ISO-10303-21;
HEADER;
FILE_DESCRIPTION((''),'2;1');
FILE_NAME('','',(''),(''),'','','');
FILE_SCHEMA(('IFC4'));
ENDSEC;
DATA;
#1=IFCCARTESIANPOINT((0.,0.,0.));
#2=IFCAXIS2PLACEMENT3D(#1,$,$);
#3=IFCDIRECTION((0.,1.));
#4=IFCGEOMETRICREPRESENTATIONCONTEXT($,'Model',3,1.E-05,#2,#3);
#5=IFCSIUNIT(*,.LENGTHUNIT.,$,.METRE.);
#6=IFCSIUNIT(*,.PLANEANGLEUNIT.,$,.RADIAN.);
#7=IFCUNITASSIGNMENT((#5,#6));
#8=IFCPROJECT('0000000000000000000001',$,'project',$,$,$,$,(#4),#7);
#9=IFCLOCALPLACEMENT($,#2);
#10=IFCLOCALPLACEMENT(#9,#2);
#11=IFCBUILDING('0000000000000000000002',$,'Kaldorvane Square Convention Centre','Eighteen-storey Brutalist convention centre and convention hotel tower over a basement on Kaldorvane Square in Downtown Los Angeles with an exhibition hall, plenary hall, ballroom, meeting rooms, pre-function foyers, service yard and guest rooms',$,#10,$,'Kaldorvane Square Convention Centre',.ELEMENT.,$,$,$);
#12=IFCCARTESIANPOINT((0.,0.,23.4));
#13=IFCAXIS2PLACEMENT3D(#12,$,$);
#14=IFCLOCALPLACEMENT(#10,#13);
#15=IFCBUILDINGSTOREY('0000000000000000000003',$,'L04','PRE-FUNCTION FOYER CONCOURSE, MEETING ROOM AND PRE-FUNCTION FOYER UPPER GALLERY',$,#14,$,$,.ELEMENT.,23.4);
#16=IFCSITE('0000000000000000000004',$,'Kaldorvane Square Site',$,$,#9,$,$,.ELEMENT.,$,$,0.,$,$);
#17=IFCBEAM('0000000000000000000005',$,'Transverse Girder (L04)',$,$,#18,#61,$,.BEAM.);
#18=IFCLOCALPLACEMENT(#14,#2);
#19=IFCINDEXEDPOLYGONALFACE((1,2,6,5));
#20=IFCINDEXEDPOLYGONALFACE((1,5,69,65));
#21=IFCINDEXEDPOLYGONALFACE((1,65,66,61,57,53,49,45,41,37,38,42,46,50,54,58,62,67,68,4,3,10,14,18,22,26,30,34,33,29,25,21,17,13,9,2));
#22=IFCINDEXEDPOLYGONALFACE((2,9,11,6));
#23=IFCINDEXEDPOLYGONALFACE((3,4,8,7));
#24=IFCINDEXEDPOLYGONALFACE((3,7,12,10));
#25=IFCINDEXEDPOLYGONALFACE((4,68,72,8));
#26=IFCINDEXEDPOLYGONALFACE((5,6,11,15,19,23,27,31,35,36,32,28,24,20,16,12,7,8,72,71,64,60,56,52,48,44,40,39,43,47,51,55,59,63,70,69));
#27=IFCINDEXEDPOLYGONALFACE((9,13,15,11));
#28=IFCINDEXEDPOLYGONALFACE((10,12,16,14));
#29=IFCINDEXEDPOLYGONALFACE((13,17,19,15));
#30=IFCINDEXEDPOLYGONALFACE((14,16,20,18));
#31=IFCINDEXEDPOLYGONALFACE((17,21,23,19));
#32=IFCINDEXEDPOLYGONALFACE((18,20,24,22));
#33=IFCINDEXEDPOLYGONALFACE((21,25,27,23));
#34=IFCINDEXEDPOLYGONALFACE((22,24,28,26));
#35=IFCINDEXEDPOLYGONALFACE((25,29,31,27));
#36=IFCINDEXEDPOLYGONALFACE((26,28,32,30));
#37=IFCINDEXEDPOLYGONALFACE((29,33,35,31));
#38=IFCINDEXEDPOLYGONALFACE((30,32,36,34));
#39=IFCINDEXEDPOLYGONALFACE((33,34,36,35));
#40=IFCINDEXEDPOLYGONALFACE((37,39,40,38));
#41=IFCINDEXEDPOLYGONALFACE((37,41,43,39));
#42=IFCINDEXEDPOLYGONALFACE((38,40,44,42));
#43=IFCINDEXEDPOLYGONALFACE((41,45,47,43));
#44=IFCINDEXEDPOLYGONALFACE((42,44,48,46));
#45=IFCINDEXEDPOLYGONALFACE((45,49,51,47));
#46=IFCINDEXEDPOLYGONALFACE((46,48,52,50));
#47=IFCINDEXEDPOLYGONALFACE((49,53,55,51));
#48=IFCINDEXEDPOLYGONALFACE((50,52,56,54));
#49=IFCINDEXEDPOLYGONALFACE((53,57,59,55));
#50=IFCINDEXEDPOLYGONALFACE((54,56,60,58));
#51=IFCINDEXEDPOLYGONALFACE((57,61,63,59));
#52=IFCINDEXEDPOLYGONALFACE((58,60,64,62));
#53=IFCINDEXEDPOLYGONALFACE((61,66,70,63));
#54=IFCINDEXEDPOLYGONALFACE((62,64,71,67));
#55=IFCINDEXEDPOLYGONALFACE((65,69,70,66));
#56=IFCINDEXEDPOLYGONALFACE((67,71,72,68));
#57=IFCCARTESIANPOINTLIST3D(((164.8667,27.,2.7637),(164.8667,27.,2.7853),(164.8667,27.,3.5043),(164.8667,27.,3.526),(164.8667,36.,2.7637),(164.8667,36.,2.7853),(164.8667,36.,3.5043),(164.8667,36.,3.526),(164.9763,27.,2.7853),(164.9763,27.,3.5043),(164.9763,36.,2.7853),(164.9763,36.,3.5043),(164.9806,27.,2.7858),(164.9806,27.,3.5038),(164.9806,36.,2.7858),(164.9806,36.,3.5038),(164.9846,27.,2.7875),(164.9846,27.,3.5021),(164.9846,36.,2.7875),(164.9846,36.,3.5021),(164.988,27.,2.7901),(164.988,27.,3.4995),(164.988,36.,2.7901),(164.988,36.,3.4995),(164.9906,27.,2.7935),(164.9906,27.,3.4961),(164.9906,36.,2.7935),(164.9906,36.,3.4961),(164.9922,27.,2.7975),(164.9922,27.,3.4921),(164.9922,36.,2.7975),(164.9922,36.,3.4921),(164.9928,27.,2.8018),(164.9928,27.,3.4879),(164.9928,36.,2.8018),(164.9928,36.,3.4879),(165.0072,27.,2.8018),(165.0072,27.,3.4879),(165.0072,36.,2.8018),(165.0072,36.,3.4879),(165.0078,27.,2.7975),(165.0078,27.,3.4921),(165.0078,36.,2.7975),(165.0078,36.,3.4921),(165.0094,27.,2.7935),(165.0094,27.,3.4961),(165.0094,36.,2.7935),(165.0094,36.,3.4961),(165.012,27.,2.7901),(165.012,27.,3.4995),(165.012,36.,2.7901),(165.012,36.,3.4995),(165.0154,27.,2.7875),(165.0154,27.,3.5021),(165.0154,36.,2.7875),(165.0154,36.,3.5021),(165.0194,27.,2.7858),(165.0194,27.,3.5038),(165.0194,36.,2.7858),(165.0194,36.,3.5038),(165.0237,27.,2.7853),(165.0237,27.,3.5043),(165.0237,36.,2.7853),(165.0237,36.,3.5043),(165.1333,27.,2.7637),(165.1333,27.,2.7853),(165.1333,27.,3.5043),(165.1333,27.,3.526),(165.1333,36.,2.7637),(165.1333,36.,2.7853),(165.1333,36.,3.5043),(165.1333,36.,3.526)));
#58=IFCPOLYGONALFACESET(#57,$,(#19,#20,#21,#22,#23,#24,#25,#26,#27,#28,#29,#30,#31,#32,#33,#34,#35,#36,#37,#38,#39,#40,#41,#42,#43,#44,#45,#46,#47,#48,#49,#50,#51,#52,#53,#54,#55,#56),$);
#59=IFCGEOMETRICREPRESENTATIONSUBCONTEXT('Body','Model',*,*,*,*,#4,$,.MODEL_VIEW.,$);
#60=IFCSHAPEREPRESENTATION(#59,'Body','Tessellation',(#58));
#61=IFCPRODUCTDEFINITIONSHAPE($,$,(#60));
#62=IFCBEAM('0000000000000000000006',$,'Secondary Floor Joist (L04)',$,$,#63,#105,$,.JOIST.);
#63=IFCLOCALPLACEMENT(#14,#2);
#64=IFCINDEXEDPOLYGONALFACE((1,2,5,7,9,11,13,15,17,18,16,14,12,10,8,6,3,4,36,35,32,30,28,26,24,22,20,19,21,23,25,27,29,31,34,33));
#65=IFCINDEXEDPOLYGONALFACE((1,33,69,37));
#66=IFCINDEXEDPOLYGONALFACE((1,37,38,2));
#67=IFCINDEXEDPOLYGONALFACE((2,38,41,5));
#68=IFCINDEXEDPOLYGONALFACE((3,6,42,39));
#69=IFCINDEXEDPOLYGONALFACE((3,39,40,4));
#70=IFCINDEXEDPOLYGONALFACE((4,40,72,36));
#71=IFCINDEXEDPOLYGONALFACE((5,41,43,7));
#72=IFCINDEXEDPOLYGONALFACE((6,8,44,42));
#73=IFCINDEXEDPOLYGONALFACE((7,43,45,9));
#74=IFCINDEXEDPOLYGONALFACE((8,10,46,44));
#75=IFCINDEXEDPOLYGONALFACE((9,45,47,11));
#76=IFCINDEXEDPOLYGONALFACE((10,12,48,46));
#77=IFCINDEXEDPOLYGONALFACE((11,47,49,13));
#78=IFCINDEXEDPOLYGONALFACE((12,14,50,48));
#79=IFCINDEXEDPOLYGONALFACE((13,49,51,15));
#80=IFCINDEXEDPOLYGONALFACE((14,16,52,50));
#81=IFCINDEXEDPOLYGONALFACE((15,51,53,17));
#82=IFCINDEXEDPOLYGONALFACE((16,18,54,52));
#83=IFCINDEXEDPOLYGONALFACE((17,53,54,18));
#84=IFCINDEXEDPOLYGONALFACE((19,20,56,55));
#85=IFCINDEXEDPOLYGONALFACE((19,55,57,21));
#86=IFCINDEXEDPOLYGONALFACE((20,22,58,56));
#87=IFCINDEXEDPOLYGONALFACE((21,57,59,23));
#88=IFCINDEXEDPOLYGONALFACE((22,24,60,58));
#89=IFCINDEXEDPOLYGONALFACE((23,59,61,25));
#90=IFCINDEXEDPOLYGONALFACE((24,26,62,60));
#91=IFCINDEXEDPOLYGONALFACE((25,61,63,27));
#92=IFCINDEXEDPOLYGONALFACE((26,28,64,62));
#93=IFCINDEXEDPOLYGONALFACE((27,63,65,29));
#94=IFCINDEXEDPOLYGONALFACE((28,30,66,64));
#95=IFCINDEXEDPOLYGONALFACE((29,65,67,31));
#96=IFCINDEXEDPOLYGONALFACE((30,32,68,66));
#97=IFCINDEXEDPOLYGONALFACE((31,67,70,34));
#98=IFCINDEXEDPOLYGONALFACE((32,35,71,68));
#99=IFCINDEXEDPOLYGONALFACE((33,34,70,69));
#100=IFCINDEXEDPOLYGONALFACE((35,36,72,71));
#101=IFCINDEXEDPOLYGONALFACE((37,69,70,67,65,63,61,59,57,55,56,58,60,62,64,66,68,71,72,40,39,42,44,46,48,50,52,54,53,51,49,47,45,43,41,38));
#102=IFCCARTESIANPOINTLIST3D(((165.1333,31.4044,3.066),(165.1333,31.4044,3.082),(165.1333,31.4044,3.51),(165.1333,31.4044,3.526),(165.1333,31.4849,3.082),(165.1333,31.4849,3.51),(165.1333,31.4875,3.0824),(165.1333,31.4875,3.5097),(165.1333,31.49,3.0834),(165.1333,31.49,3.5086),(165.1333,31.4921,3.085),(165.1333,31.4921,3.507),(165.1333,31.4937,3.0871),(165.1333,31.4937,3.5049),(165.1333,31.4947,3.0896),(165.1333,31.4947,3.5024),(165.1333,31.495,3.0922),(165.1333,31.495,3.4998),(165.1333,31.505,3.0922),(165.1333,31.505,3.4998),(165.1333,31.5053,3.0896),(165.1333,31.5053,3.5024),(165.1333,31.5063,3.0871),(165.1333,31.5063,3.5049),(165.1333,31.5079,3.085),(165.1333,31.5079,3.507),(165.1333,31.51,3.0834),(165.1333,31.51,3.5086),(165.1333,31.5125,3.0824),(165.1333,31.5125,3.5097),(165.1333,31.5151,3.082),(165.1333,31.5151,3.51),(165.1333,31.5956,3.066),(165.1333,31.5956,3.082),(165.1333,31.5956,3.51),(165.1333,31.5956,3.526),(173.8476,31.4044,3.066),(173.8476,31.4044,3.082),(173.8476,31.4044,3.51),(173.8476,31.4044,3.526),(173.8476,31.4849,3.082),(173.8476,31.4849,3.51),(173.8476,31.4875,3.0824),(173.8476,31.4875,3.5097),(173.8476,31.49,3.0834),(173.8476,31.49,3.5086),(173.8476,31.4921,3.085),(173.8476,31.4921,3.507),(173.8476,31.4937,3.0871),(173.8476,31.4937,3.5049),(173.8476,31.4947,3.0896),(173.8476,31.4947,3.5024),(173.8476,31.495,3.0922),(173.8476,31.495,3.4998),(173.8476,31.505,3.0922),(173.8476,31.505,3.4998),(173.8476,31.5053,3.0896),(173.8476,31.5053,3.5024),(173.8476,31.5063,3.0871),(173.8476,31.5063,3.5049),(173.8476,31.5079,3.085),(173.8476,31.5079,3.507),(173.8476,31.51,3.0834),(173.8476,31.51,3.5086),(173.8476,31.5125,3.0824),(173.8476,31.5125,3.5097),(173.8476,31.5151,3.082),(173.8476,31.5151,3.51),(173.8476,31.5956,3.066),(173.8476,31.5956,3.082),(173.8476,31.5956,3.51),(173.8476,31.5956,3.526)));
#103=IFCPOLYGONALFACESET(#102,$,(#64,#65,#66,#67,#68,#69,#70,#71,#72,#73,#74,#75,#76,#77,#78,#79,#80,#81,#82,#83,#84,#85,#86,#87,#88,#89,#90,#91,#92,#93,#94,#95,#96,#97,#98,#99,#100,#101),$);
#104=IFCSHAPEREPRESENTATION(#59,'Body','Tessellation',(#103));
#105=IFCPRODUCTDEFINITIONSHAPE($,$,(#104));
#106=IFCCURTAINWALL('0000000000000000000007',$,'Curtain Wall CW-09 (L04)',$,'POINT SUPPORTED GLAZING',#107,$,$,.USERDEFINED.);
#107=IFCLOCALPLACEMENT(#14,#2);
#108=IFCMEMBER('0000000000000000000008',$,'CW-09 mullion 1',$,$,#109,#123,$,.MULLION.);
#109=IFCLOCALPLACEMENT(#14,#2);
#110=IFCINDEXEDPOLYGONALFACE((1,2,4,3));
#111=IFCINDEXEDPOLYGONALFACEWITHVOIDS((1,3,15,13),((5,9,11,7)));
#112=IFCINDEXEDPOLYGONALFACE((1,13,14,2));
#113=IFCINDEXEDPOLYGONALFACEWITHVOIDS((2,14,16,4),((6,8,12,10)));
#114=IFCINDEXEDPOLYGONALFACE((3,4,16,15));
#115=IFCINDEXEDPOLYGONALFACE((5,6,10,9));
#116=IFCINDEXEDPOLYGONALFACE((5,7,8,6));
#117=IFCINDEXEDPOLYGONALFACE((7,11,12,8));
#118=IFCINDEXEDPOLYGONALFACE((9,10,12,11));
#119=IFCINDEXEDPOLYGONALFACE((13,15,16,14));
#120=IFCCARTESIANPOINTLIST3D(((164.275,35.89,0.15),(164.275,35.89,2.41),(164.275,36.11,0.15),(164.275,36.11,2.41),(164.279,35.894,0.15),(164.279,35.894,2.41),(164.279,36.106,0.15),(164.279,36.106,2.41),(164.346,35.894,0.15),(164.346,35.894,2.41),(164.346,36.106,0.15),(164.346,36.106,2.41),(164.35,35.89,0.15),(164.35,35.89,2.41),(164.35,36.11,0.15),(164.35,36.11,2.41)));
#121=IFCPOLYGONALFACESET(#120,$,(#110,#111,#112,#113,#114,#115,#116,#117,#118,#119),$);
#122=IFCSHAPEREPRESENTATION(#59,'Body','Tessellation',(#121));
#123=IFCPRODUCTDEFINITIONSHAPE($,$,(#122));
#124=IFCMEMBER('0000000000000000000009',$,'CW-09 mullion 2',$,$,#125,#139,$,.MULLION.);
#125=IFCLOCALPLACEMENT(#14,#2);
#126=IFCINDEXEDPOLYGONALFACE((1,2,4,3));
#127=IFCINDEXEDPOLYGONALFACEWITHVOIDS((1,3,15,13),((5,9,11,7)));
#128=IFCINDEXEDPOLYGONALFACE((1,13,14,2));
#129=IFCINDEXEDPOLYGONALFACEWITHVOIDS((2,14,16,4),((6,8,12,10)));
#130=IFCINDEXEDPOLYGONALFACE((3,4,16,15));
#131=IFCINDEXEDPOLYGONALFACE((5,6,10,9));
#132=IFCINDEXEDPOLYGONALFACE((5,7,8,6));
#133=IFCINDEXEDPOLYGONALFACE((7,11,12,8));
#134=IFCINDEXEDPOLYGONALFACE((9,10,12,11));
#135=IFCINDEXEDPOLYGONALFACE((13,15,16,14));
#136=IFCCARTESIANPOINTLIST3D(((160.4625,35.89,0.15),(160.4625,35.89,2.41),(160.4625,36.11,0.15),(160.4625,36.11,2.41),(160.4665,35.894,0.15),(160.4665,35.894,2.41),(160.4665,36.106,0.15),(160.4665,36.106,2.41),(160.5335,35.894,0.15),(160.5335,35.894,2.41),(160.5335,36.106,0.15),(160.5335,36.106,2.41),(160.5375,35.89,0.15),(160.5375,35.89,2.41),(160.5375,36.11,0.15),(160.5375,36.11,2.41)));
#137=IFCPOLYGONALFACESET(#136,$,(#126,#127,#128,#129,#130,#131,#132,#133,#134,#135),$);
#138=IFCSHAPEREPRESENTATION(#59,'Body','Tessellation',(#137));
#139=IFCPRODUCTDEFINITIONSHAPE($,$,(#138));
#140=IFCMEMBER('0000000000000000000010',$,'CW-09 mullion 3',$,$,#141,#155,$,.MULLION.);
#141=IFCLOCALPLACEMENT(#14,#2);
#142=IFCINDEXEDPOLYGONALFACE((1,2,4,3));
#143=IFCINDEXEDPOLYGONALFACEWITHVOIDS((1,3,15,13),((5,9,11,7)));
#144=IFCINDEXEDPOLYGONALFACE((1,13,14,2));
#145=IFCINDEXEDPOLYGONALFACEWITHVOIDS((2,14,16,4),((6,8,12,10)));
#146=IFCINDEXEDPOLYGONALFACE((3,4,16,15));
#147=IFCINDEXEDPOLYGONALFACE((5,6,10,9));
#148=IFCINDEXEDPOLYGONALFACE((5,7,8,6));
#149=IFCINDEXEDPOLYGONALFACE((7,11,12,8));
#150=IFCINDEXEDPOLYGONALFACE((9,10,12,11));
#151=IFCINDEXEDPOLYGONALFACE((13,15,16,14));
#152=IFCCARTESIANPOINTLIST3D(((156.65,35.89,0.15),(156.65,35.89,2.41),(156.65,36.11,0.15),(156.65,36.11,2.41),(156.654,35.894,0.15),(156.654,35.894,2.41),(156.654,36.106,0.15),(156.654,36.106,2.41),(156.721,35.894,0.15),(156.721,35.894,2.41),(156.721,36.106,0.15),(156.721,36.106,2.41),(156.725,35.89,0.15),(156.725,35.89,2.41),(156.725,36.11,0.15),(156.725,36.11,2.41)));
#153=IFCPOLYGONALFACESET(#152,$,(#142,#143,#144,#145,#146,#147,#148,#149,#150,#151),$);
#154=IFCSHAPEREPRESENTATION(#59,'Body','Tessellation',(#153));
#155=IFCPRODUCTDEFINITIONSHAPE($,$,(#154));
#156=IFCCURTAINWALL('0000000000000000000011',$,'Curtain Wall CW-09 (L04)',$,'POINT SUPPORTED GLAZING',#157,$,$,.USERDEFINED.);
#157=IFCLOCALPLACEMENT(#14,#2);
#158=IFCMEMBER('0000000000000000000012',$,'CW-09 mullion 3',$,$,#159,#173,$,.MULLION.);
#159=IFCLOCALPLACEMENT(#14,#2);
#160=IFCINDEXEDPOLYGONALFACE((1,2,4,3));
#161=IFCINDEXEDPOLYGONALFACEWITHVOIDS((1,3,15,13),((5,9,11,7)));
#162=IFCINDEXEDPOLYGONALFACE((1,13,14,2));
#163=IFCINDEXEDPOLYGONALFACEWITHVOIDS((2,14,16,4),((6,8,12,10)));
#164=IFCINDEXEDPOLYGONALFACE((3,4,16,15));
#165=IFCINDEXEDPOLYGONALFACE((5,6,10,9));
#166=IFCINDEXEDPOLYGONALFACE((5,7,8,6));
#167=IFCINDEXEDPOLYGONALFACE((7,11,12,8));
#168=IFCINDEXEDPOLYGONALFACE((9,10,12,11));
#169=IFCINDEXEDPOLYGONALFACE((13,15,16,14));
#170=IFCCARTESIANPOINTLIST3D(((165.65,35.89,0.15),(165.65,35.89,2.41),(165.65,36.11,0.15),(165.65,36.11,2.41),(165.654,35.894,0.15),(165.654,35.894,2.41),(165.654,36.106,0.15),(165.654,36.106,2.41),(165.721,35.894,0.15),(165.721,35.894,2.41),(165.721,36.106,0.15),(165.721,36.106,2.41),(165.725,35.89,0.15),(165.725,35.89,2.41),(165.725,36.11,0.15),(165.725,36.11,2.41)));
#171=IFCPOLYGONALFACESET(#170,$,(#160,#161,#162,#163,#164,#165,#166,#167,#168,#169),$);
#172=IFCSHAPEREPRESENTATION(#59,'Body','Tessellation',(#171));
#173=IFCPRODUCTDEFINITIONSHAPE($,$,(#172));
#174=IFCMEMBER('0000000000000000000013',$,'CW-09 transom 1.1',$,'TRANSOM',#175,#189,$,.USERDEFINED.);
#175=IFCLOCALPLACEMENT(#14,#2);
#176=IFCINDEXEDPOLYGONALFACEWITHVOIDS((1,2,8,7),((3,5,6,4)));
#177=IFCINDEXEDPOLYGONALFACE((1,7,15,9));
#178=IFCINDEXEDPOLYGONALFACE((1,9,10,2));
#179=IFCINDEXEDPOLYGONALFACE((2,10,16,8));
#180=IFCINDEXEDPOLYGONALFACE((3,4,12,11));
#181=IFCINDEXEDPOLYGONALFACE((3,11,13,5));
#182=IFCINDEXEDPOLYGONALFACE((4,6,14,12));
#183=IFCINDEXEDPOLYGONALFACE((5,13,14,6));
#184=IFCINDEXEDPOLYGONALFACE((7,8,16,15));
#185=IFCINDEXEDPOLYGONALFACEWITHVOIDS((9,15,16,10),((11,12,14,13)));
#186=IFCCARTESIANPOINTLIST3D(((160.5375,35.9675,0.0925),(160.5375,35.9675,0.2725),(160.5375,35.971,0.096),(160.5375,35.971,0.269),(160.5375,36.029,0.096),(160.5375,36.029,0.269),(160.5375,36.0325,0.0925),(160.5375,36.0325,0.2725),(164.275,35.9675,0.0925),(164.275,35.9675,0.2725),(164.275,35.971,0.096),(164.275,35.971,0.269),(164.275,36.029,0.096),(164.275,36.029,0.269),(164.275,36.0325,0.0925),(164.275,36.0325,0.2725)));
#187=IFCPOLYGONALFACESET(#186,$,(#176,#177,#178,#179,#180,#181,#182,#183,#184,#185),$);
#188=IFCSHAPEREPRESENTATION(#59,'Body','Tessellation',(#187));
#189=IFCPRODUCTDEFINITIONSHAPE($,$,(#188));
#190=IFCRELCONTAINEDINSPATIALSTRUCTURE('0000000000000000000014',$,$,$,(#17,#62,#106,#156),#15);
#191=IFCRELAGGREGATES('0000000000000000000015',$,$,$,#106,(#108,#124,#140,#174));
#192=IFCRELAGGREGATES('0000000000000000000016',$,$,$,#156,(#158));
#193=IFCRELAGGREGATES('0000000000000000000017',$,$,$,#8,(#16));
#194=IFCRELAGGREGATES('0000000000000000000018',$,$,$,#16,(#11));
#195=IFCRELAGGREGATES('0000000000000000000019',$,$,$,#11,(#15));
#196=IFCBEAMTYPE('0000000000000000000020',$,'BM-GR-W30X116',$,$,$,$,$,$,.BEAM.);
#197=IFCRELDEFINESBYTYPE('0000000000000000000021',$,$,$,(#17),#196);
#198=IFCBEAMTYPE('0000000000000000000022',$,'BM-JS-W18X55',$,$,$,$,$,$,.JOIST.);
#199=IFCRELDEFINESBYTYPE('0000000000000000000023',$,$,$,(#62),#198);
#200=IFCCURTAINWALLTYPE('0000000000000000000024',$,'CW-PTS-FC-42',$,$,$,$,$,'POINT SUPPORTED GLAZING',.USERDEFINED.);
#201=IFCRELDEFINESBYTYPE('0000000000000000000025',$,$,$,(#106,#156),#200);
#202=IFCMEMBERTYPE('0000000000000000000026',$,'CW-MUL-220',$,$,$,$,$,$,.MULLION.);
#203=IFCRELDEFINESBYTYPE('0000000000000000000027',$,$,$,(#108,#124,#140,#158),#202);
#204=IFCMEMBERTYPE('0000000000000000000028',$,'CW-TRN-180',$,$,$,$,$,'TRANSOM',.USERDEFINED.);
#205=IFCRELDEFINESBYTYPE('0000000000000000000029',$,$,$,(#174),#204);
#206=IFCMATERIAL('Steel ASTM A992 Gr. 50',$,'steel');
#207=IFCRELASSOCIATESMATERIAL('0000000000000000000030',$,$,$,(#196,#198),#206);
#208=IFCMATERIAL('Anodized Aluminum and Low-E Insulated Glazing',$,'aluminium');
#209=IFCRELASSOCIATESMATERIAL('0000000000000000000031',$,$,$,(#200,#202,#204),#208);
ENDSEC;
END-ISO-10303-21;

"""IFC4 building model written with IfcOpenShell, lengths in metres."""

from ifc_helpers import new_model, si_unit, direction, frame, origin, origin_2d, place, context, subcontext, project, spatial, hollow_rectangle, i_section, extrude, material, material_profile, profile_set, type_object, element, aggregate, save


model = new_model("IFC4")

# Units and contexts
model_context = context("Model", 3, precision=1e-05, world=origin(), true_north=direction((0.0, 1.0)))
body_context = subcontext(model_context, "Body", "Model", "MODEL_VIEW")
ifc_project = project(units=[si_unit("LENGTHUNIT", "METRE"), si_unit("PLANEANGLEUNIT", "RADIAN")], contexts=[model_context])

# Site, building, storey
site_placement = place(None, origin())
site = spatial("IfcSite", under=ifc_project, at=site_placement, Name="Kaldorvane Square Site", CompositionType="ELEMENT", RefElevation=0.0)
building_placement = place(site_placement, origin())
building = spatial("IfcBuilding", under=site, at=building_placement, Name="Kaldorvane Square Convention Centre", Description="Eighteen-storey Brutalist convention centre and convention hotel tower over a basement on Kaldorvane Square in Downtown Los Angeles with an exhibition hall, plenary hall, ballroom, meeting rooms, pre-function foyers, service yard and guest rooms", LongName="Kaldorvane Square Convention Centre", CompositionType="ELEMENT")
storey_placement = place(building_placement, frame((0.0, 0.0, 23.4)))
storey = spatial("IfcBuildingStorey", under=building, at=storey_placement, Name="L04", Description="PRE-FUNCTION FOYER CONCOURSE, MEETING ROOM AND PRE-FUNCTION FOYER UPPER GALLERY", CompositionType="ELEMENT", Elevation=23.4)

# Shared definitions
ifc_material_1 = material(Name="Steel ASTM A992 Gr. 50", Category="steel")

# Beams
ifc_material_profile_1 = material_profile(ifc_material_1, i_section(OverallWidth=0.2666, OverallDepth=0.7623, WebThickness=0.0144, FlangeThickness=0.0216, FilletRadius=0.0165, at=origin_2d()), Name="W30X116")
ifc_profile_set_1 = profile_set([ifc_material_profile_1], Name="Steel ASTM A992 Gr. 50")
beam_type_1 = type_object("IfcBeamType", Name="BM-GR-W30X116", PredefinedType="BEAM", material=ifc_profile_set_1)
beam_1_placement = place(storey_placement, frame((165.0, 27.0, 3.1448), z_axis=(0.0, 1.0, 0.0), x_axis=(-1.0, 0.0, 0.0)))
element("IfcBeam", 1, at=beam_1_placement, inside=storey, type_object=beam_type_1, Name="Transverse Girder (L04)", PredefinedType="BEAM", context=body_context, shape_type="SweptSolid", body=[
    extrude(i_section(OverallWidth=0.2666, OverallDepth=0.7623, WebThickness=0.0144, FlangeThickness=0.0216, FilletRadius=0.0165, at=origin_2d()), origin(), (0.0, 0.0, 1.0), 9.0),
])
ifc_material_profile_2 = material_profile(ifc_material_1, i_section(OverallWidth=0.1913, OverallDepth=0.46, WebThickness=0.0099, FlangeThickness=0.016, FilletRadius=0.0102, at=origin_2d()), Name="W18X55")
ifc_profile_set_2 = profile_set([ifc_material_profile_2], Name="Steel ASTM A992 Gr. 50")
beam_type_2 = type_object("IfcBeamType", Name="BM-JS-W18X55", PredefinedType="JOIST", material=ifc_profile_set_2)
beam_2_placement = place(storey_placement, frame((165.1333, 31.5, 3.296), z_axis=(1.0, 0.0, 0.0), x_axis=(0.0, 1.0, 0.0)))
element("IfcBeam", 2, at=beam_2_placement, inside=storey, type_object=beam_type_2, Name="Secondary Floor Joist (L04)", PredefinedType="JOIST", context=body_context, shape_type="SweptSolid", body=[
    extrude(i_section(OverallWidth=0.1913, OverallDepth=0.46, WebThickness=0.0099, FlangeThickness=0.016, FilletRadius=0.0102, at=origin_2d()), origin(), (0.0, 0.0, 1.0), 8.7143),
])

# Curtain wall, members
ifc_material_2 = material(Name="Anodized Aluminum and Low-E Insulated Glazing", Category="aluminium")
curtain_wall_type = type_object("IfcCurtainWallType", Name="CW-PTS-FC-42", ElementType="POINT SUPPORTED GLAZING", PredefinedType="USERDEFINED", material=ifc_material_2)
curtain_wall_1_placement = place(storey_placement, origin())
curtain_wall_1 = element("IfcCurtainWall", 3, at=curtain_wall_1_placement, inside=storey, type_object=curtain_wall_type, Name="Curtain Wall CW-09 (L04)", ObjectType="POINT SUPPORTED GLAZING", PredefinedType="USERDEFINED")
ifc_material_profile_3 = material_profile(ifc_material_2, hollow_rectangle(XDim=0.075, YDim=0.22, WallThickness=0.004, at=origin_2d()), Name="CWM-220X75")
ifc_profile_set_3 = profile_set([ifc_material_profile_3], Name="Anodized Aluminum and Low-E Insulated Glazing")
member_type_1 = type_object("IfcMemberType", Name="CW-MUL-220", PredefinedType="MULLION", material=ifc_profile_set_3)
member_1_placement = place(storey_placement, frame((164.3125, 36.0, 0.15), z_axis=(0.0, 0.0, 1.0), x_axis=(-1.0, 0.0, 0.0)))
member_1 = element("IfcMember", 4, at=member_1_placement, type_object=member_type_1, Name="CW-09 mullion 1", PredefinedType="MULLION", context=body_context, shape_type="SweptSolid", body=[
    extrude(hollow_rectangle(XDim=0.075, YDim=0.22, WallThickness=0.004, at=origin_2d()), origin(), (0.0, 0.0, 1.0), 2.26),
])
member_2_placement = place(storey_placement, frame((160.5, 36.0, 0.15), z_axis=(0.0, 0.0, 1.0), x_axis=(-1.0, 0.0, 0.0)))
member_2 = element("IfcMember", 5, at=member_2_placement, type_object=member_type_1, Name="CW-09 mullion 2", PredefinedType="MULLION", context=body_context, shape_type="SweptSolid", body=[
    extrude(hollow_rectangle(XDim=0.075, YDim=0.22, WallThickness=0.004, at=origin_2d()), origin(), (0.0, 0.0, 1.0), 2.26),
])
member_3_placement = place(storey_placement, frame((156.6875, 36.0, 0.15), z_axis=(0.0, 0.0, 1.0), x_axis=(-1.0, 0.0, 0.0)))
member_3 = element("IfcMember", 6, at=member_3_placement, type_object=member_type_1, Name="CW-09 mullion 3", PredefinedType="MULLION", context=body_context, shape_type="SweptSolid", body=[
    extrude(hollow_rectangle(XDim=0.075, YDim=0.22, WallThickness=0.004, at=origin_2d()), origin(), (0.0, 0.0, 1.0), 2.26),
])

# Curtain wall, member
curtain_wall_2_placement = place(storey_placement, origin())
curtain_wall_2 = element("IfcCurtainWall", 7, at=curtain_wall_2_placement, inside=storey, type_object=curtain_wall_type, Name="Curtain Wall CW-09 (L04)", ObjectType="POINT SUPPORTED GLAZING", PredefinedType="USERDEFINED")
member_4_placement = place(storey_placement, frame((165.6875, 36.0, 0.15), z_axis=(0.0, 0.0, 1.0), x_axis=(-1.0, 0.0, 0.0)))
member_4 = element("IfcMember", 8, at=member_4_placement, type_object=member_type_1, Name="CW-09 mullion 3", PredefinedType="MULLION", context=body_context, shape_type="SweptSolid", body=[
    extrude(hollow_rectangle(XDim=0.075, YDim=0.22, WallThickness=0.004, at=origin_2d()), origin(), (0.0, 0.0, 1.0), 2.26),
])

# Member
ifc_material_profile_4 = material_profile(ifc_material_2, hollow_rectangle(XDim=0.065, YDim=0.18, WallThickness=0.0035, at=origin_2d()), Name="CWT-180X65")
ifc_profile_set_4 = profile_set([ifc_material_profile_4], Name="Anodized Aluminum and Low-E Insulated Glazing")
member_type_2 = type_object("IfcMemberType", Name="CW-TRN-180", ElementType="TRANSOM", PredefinedType="USERDEFINED", material=ifc_profile_set_4)
member_5_placement = place(storey_placement, frame((164.275, 36.0, 0.1825), z_axis=(-1.0, 0.0, 0.0), x_axis=(0.0, -1.0, 0.0)))
member_5 = element("IfcMember", 9, at=member_5_placement, type_object=member_type_2, Name="CW-09 transom 1.1", ObjectType="TRANSOM", PredefinedType="USERDEFINED", context=body_context, shape_type="SweptSolid", body=[
    extrude(hollow_rectangle(XDim=0.065, YDim=0.18, WallThickness=0.0035, at=origin_2d()), origin(), (0.0, 0.0, 1.0), 3.7375),
])

aggregate(curtain_wall_1, [member_1, member_2, member_3, member_5])
aggregate(curtain_wall_2, [member_4])

save(model, "model.ifc")
